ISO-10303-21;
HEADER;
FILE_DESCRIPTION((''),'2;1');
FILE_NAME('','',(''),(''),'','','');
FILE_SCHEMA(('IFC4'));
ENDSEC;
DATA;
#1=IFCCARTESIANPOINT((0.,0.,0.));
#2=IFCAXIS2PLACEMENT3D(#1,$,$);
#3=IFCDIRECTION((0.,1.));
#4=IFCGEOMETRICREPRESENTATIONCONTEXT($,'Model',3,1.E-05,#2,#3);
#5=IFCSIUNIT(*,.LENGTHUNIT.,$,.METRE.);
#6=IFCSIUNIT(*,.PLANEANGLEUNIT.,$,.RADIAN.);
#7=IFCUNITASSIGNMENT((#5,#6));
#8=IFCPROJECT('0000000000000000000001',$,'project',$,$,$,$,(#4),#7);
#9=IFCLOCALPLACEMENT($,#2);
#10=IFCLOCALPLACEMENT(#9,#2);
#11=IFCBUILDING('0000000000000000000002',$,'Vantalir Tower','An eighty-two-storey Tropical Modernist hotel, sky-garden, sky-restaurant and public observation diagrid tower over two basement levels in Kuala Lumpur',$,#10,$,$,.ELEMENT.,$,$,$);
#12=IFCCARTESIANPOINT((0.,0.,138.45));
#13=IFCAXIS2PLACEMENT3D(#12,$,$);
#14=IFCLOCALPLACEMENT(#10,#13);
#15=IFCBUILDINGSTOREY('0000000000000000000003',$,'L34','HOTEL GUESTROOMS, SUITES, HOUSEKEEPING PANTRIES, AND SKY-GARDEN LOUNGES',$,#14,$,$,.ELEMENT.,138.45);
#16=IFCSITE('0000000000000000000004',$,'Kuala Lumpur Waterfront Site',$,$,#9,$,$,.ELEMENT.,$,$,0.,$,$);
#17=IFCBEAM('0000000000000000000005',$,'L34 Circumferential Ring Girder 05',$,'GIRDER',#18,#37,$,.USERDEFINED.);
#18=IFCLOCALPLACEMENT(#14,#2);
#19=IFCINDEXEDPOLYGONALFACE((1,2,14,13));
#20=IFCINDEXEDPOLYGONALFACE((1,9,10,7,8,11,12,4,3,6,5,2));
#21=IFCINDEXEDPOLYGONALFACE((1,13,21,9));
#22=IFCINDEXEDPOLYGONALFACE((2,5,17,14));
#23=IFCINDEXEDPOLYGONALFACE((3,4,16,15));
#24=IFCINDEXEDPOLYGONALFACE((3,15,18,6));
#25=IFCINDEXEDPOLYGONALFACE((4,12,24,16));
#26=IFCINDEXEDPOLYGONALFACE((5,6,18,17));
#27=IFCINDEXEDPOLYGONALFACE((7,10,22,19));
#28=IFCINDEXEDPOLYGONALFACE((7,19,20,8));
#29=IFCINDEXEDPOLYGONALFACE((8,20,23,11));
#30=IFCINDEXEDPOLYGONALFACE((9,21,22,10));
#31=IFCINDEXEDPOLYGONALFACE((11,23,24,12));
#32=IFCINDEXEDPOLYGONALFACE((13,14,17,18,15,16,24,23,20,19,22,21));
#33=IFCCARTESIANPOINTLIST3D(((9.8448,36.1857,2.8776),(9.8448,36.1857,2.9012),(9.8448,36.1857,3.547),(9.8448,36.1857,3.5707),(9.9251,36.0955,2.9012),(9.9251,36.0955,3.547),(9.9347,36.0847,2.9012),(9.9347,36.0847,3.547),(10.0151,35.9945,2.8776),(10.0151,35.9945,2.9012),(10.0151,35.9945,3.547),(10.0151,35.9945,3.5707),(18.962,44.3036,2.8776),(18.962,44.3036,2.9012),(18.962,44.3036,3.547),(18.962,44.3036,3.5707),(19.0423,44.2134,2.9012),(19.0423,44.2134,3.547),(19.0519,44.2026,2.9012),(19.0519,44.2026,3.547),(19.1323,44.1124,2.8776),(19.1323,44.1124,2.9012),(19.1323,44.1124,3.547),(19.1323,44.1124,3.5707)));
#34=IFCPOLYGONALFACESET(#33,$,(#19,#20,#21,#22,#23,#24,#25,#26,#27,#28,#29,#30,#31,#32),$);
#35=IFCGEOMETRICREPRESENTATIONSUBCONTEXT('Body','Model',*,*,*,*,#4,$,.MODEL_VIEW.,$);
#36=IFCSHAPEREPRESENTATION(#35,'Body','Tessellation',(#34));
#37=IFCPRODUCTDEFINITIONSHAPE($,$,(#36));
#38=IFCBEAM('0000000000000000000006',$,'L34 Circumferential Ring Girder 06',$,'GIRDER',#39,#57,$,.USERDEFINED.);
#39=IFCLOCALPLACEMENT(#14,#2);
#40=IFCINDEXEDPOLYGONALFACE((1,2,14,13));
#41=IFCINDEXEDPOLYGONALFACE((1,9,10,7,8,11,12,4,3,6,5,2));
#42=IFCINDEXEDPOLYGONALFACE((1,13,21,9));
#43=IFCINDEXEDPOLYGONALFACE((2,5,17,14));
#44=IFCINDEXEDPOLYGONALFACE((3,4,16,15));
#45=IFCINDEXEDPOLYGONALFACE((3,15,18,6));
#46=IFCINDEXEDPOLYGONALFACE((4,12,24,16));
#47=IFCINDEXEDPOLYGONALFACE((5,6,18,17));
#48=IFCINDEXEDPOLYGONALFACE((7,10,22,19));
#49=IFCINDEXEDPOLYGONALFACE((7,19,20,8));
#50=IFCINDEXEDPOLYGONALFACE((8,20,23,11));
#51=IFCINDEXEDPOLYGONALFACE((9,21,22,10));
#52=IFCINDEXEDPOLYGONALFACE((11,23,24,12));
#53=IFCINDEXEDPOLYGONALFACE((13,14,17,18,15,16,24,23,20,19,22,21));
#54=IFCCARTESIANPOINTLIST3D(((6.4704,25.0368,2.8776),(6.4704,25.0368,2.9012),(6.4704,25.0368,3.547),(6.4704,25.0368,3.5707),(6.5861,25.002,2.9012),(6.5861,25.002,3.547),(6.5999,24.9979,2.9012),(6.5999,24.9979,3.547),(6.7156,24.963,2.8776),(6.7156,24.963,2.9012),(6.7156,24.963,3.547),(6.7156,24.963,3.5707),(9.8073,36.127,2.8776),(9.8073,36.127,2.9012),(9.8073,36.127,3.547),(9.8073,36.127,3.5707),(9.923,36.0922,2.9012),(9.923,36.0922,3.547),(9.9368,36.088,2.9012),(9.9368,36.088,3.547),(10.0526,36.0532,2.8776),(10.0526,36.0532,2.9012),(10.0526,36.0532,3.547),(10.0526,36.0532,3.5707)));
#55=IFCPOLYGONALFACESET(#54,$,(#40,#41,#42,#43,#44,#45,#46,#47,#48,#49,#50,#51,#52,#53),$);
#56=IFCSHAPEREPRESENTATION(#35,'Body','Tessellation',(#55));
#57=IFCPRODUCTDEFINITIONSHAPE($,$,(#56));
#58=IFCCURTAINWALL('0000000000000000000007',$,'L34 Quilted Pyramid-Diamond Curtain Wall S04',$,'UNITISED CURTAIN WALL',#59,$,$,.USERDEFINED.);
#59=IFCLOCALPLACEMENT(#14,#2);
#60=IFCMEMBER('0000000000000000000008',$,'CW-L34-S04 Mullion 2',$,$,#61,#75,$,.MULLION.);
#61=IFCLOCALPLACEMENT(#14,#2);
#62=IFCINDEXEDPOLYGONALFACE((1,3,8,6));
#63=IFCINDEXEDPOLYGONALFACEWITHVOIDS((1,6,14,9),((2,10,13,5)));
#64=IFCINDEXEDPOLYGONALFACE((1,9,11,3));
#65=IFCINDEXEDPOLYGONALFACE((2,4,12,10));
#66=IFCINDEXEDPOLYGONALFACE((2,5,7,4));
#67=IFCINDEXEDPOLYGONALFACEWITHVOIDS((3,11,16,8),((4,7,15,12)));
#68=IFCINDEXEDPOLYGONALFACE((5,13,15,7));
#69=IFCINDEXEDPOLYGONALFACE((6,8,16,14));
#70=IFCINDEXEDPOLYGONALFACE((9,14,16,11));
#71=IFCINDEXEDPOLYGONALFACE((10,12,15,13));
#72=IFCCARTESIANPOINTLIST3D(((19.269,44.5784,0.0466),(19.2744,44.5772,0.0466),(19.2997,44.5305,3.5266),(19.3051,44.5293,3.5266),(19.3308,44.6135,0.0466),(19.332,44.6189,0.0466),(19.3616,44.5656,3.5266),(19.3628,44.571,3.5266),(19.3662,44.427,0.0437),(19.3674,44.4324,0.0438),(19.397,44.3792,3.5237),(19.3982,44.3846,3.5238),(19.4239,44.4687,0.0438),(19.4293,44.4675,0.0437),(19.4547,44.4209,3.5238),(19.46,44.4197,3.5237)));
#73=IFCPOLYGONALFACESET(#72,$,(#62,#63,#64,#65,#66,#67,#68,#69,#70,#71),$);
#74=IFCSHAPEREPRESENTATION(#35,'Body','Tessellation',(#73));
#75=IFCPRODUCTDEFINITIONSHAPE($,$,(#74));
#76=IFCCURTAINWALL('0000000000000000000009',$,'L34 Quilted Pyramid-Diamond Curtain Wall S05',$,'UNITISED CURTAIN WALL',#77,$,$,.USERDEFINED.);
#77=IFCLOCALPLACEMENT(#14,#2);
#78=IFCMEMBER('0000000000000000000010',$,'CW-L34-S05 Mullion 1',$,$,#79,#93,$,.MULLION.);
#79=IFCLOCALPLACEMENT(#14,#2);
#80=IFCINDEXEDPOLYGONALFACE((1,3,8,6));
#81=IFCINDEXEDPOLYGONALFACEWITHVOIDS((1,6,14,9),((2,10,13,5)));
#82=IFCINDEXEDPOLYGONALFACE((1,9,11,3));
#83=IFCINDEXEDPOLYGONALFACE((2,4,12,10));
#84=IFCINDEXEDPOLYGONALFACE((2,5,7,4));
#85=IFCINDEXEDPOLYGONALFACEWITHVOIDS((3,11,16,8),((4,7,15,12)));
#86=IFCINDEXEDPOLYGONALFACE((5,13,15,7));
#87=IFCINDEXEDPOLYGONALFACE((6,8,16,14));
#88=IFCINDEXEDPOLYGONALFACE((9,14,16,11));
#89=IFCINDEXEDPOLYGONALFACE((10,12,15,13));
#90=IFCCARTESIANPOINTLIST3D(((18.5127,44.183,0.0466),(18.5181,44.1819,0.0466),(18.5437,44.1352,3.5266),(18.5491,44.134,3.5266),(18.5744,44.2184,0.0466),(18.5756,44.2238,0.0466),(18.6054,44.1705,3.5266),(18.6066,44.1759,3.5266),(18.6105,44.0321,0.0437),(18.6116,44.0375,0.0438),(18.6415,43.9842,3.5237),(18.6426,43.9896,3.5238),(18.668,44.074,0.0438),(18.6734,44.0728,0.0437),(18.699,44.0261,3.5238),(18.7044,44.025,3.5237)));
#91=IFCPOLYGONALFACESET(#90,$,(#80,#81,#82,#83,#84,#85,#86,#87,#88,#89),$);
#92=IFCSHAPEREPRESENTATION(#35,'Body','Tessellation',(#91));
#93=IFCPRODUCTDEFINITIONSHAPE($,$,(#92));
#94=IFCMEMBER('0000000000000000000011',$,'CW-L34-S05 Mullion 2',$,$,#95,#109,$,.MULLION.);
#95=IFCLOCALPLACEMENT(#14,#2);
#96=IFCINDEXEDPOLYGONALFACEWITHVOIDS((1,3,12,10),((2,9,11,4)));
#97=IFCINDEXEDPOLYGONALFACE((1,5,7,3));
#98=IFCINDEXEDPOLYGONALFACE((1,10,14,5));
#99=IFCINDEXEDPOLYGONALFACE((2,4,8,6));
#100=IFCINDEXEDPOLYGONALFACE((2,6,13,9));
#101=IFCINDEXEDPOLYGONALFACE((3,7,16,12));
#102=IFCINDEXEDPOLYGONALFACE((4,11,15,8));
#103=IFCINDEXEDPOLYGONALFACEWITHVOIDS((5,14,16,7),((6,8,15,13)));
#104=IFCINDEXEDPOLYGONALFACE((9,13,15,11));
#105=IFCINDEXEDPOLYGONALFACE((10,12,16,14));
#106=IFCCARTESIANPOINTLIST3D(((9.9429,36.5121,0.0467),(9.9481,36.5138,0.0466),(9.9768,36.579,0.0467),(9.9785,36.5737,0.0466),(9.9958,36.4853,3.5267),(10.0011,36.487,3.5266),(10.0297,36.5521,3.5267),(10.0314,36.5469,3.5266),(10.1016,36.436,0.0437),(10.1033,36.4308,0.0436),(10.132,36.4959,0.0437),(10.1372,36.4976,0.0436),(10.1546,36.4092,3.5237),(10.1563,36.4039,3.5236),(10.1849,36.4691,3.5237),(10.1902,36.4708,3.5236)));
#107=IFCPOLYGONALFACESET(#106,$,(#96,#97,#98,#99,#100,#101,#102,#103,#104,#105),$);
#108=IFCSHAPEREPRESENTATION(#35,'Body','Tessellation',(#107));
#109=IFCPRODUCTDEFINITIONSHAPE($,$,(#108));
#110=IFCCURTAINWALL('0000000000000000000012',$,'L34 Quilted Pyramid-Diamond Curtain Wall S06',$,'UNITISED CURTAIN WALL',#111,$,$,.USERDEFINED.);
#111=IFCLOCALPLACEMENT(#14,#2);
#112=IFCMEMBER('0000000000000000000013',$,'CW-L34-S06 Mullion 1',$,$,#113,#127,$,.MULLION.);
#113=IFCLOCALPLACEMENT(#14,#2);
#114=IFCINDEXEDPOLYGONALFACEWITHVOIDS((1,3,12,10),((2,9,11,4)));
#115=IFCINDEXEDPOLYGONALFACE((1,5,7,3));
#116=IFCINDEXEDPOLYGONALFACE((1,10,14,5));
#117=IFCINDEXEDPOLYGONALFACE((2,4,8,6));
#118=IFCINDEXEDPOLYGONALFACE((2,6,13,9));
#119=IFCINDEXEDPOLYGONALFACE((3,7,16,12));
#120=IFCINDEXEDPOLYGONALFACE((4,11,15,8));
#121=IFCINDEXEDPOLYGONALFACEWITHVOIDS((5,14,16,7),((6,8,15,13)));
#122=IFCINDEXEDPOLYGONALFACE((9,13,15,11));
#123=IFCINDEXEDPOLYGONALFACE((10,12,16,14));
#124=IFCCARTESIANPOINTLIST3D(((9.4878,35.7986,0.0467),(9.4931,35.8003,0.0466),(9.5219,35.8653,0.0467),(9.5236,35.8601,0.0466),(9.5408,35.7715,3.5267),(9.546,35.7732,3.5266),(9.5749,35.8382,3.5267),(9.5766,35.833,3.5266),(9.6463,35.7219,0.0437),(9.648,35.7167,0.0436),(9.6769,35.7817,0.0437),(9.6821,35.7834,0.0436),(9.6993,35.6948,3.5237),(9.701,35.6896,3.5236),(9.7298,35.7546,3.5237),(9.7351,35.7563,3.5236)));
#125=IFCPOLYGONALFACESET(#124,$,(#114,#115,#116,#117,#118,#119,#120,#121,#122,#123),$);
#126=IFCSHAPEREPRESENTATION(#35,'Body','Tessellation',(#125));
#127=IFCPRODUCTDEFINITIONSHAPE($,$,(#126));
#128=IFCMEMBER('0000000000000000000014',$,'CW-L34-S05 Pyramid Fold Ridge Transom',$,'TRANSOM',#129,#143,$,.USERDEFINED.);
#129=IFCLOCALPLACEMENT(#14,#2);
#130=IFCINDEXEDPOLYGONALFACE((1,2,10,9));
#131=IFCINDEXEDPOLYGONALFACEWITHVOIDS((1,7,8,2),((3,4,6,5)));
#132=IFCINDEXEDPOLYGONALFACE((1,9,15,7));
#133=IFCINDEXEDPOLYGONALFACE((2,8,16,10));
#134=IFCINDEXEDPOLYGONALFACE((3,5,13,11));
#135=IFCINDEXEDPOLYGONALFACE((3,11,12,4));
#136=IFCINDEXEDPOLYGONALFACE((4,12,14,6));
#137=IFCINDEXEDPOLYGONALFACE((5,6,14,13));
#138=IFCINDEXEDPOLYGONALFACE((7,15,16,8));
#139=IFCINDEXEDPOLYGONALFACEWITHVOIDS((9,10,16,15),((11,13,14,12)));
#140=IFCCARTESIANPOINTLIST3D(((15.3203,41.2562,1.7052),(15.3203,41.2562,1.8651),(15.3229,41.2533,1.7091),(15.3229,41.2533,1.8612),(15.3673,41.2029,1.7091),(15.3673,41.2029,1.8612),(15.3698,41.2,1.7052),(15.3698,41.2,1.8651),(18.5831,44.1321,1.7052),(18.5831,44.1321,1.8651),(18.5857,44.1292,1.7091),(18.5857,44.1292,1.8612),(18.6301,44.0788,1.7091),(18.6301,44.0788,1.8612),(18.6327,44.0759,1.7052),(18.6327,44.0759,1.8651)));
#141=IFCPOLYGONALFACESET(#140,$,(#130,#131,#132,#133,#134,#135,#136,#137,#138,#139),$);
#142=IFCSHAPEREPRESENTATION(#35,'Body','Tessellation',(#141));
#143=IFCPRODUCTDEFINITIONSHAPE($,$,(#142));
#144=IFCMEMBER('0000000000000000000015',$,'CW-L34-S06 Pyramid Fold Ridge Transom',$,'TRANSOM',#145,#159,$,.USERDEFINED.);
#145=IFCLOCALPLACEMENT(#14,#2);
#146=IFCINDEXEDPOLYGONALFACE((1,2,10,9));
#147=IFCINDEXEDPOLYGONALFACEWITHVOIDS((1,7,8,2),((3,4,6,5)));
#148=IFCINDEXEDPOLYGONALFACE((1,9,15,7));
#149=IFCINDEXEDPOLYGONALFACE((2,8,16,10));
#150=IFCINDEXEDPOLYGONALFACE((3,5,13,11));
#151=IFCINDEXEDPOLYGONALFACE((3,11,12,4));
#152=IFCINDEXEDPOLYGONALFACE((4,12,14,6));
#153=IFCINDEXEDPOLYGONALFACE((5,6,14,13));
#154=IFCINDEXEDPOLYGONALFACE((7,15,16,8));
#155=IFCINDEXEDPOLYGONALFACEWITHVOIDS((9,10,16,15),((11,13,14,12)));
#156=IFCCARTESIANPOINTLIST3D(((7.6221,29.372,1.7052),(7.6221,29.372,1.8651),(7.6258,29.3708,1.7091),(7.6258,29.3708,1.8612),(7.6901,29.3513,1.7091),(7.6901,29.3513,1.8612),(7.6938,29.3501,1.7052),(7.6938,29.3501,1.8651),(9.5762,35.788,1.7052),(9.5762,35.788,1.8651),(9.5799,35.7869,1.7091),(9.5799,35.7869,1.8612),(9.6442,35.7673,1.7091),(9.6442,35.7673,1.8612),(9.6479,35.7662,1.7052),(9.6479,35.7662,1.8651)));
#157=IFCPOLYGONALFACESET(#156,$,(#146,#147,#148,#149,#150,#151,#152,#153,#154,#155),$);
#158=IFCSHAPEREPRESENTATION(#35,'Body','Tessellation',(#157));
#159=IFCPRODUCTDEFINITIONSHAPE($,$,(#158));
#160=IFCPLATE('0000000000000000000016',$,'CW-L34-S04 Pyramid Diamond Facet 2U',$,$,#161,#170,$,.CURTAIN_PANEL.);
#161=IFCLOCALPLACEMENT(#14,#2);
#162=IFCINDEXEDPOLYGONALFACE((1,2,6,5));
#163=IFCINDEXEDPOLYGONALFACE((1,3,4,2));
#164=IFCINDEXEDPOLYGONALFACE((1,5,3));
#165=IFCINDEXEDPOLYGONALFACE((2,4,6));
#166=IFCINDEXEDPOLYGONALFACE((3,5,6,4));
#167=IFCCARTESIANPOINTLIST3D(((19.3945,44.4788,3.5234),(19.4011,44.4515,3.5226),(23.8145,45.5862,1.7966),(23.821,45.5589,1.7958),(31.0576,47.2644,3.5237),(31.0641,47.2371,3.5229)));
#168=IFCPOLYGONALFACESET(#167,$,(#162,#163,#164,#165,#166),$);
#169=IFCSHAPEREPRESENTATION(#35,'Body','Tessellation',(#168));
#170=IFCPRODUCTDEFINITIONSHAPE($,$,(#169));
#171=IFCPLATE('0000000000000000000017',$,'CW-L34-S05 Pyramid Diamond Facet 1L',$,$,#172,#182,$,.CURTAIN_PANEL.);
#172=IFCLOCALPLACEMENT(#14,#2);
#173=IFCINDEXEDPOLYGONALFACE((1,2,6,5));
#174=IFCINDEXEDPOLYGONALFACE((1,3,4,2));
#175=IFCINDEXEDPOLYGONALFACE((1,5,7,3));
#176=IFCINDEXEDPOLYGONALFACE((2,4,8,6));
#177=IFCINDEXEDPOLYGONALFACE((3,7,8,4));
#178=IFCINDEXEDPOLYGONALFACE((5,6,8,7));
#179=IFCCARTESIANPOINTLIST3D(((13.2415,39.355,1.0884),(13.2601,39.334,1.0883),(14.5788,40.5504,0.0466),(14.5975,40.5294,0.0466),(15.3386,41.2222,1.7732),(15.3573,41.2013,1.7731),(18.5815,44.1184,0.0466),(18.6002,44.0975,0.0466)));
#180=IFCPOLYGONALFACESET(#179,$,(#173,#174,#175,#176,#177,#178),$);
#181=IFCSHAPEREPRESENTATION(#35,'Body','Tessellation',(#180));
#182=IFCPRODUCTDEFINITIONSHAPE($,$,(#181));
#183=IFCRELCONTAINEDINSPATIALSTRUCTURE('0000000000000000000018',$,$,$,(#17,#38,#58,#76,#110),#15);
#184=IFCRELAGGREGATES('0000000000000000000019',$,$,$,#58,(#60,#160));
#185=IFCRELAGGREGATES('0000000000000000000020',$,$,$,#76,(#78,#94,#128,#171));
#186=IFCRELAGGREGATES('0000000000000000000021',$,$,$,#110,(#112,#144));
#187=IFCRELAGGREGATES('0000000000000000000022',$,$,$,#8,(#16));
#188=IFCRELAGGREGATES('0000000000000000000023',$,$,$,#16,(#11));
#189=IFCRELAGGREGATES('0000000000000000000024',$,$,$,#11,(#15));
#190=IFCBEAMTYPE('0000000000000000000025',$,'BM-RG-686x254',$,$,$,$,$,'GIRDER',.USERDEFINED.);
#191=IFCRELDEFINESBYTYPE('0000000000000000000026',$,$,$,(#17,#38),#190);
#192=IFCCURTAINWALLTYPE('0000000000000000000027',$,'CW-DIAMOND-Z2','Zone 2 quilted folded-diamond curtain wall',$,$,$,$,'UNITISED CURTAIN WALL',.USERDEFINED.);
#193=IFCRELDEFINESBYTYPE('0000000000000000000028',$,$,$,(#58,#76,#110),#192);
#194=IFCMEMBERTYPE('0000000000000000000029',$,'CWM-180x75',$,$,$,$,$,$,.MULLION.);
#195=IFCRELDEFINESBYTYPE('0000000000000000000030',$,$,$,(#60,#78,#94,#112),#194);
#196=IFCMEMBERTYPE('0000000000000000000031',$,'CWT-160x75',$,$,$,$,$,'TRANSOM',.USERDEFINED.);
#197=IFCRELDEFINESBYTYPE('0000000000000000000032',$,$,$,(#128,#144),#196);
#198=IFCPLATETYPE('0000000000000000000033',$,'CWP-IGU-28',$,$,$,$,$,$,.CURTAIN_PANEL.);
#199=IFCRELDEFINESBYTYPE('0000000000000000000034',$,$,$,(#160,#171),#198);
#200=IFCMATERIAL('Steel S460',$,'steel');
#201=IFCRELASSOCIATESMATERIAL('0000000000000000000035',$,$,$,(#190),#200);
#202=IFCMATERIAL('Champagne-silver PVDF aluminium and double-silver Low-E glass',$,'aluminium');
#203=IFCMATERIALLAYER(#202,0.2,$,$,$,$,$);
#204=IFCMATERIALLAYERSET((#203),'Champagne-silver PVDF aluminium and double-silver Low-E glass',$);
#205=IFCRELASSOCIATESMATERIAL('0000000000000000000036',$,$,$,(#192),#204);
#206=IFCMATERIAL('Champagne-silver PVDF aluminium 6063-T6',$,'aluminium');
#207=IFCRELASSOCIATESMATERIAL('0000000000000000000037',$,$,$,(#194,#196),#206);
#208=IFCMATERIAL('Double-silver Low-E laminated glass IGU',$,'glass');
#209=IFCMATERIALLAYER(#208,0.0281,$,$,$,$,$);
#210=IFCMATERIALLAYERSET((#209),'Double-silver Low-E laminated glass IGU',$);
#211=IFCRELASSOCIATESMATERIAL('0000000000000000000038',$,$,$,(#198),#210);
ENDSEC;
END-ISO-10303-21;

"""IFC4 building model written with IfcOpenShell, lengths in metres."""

from ifc_helpers import new_model, si_unit, direction, frame, origin, origin_2d, place, context, subcontext, project, spatial, polyline, hollow_rectangle, i_section, outline, extrude, material, layer, layer_set, material_profile, profile_set, type_object, element, aggregate, save


model = new_model("IFC4")

# Units and contexts
model_context = context("Model", 3, precision=1e-05, world=origin(), true_north=direction((0.0, 1.0)))
body_context = subcontext(model_context, "Body", "Model", "MODEL_VIEW")
ifc_project = project(units=[si_unit("LENGTHUNIT", "METRE"), si_unit("PLANEANGLEUNIT", "RADIAN")], contexts=[model_context])

# Site, building, storey
site_placement = place(None, origin())
site = spatial("IfcSite", under=ifc_project, at=site_placement, Name="Kuala Lumpur Waterfront Site", CompositionType="ELEMENT", RefElevation=0.0)
building_placement = place(site_placement, origin())
building = spatial("IfcBuilding", under=site, at=building_placement, Name="Vantalir Tower", Description="An eighty-two-storey Tropical Modernist hotel, sky-garden, sky-restaurant and public observation diagrid tower over two basement levels in Kuala Lumpur", CompositionType="ELEMENT")
storey_placement = place(building_placement, frame((0.0, 0.0, 138.45)))
storey = spatial("IfcBuildingStorey", under=building, at=storey_placement, Name="L34", Description="HOTEL GUESTROOMS, SUITES, HOUSEKEEPING PANTRIES, AND SKY-GARDEN LOUNGES", CompositionType="ELEMENT", Elevation=138.45)

# Shared definitions
ifc_material_1 = material(Name="Steel S460", Category="steel")

# Beams
ifc_material_profile_1 = material_profile(ifc_material_1, i_section(OverallWidth=0.2561, OverallDepth=0.6931, WebThickness=0.0144, FlangeThickness=0.0237, at=origin_2d()), Name="Steel S460")
ifc_profile_set_1 = profile_set([ifc_material_profile_1], Name="Steel S460")
beam_type_1 = type_object("IfcBeamType", Name="BM-RG-686x254", ElementType="GIRDER", PredefinedType="USERDEFINED", material=ifc_profile_set_1)
beam_1_placement = place(storey_placement, frame((19.0471, 44.208, 3.2241), z_axis=(-0.74685, -0.664993, 0.0), x_axis=(0.664993, -0.74685, 0.0)))
element("IfcBeam", 1, at=beam_1_placement, inside=storey, type_object=beam_type_1, Name="L34 Circumferential Ring Girder 05", ObjectType="GIRDER", PredefinedType="USERDEFINED", context=body_context, shape_type="SweptSolid", body=[
    extrude(i_section(OverallWidth=0.2561, OverallDepth=0.6931, WebThickness=0.0144, FlangeThickness=0.0237, at=origin_2d()), origin(), (0.0, 0.0, 1.0), 12.2075),
])
beam_2_placement = place(storey_placement, frame((9.9299, 36.0901, 3.2241), z_axis=(-0.288131, -0.957591, 0.0), x_axis=(0.957591, -0.288131, 0.0)))
element("IfcBeam", 2, at=beam_2_placement, inside=storey, type_object=beam_type_1, Name="L34 Circumferential Ring Girder 06", ObjectType="GIRDER", PredefinedType="USERDEFINED", context=body_context, shape_type="SweptSolid", body=[
    extrude(i_section(OverallWidth=0.2561, OverallDepth=0.6931, WebThickness=0.0144, FlangeThickness=0.0237, at=origin_2d()), origin(), (0.0, 0.0, 1.0), 11.5813),
])

# Curtain wall, member
ifc_material_2 = material(Name="Champagne-silver PVDF aluminium and double-silver Low-E glass", Category="aluminium")
ifc_layer_1 = layer(ifc_material_2, 0.2)
ifc_layer_set_1 = layer_set([ifc_layer_1], Name="Champagne-silver PVDF aluminium and double-silver Low-E glass")
curtain_wall_type = type_object("IfcCurtainWallType", Name="CW-DIAMOND-Z2", Description="Zone 2 quilted folded-diamond curtain wall", ElementType="UNITISED CURTAIN WALL", PredefinedType="USERDEFINED", material=ifc_layer_set_1)
curtain_wall_1_placement = place(storey_placement, origin())
curtain_wall_1 = element("IfcCurtainWall", 3, at=curtain_wall_1_placement, inside=storey, type_object=curtain_wall_type, Name="L34 Quilted Pyramid-Diamond Curtain Wall S04", ObjectType="UNITISED CURTAIN WALL", PredefinedType="USERDEFINED")
ifc_material_3 = material(Name="Champagne-silver PVDF aluminium 6063-T6", Category="aluminium")
ifc_material_profile_2 = material_profile(ifc_material_3, hollow_rectangle(XDim=0.075, YDim=0.1799, WallThickness=0.0039, at=origin_2d()), Name="Champagne-silver PVDF aluminium 6063-T6")
ifc_profile_set_2 = profile_set([ifc_material_profile_2], Name="Champagne-silver PVDF aluminium 6063-T6")
member_type_1 = type_object("IfcMemberType", Name="CWM-180x75", PredefinedType="MULLION", material=ifc_profile_set_2)
member_1_placement = place(storey_placement, frame((19.3491, 44.5229, 0.0452), z_axis=(0.008838, -0.013749, 0.999866), x_axis=(0.841178, 0.540758, 0.0)))
member_1 = element("IfcMember", 4, at=member_1_placement, type_object=member_type_1, Name="CW-L34-S04 Mullion 2", PredefinedType="MULLION", context=body_context, shape_type="SweptSolid", body=[
    extrude(hollow_rectangle(XDim=0.075, YDim=0.1799, WallThickness=0.0039, at=origin_2d()), origin(), (0.0, 0.0, 1.0), 3.4805),
])

# Curtain wall, members
curtain_wall_2_placement = place(storey_placement, origin())
curtain_wall_2 = element("IfcCurtainWall", 5, at=curtain_wall_2_placement, inside=storey, type_object=curtain_wall_type, Name="L34 Quilted Pyramid-Diamond Curtain Wall S05", ObjectType="UNITISED CURTAIN WALL", PredefinedType="USERDEFINED")
member_2_placement = place(storey_placement, frame((18.593, 44.1279, 0.0452), z_axis=(0.008909, -0.013749, 0.999866), x_axis=(0.839225, 0.543784, 0.0)))
member_2 = element("IfcMember", 6, at=member_2_placement, type_object=member_type_1, Name="CW-L34-S05 Mullion 1", PredefinedType="MULLION", context=body_context, shape_type="SweptSolid", body=[
    extrude(hollow_rectangle(XDim=0.075, YDim=0.1799, WallThickness=0.0039, at=origin_2d()), origin(), (0.0, 0.0, 1.0), 3.4805),
])
member_3_placement = place(storey_placement, frame((10.04, 36.5049, 0.0452), z_axis=(0.015222, -0.007716, 0.999854), x_axis=(0.452139, 0.891947, 0.0)))
member_3 = element("IfcMember", 7, at=member_3_placement, type_object=member_type_1, Name="CW-L34-S05 Mullion 2", PredefinedType="MULLION", context=body_context, shape_type="SweptSolid", body=[
    extrude(hollow_rectangle(XDim=0.075, YDim=0.1799, WallThickness=0.0039, at=origin_2d()), origin(), (0.0, 0.0, 1.0), 3.4805),
])

# Curtain wall, member
curtain_wall_3_placement = place(storey_placement, origin())
curtain_wall_3 = element("IfcCurtainWall", 8, at=curtain_wall_3_placement, inside=storey, type_object=curtain_wall_type, Name="L34 Quilted Pyramid-Diamond Curtain Wall S06", ObjectType="UNITISED CURTAIN WALL", PredefinedType="USERDEFINED")
member_4_placement = place(storey_placement, frame((9.585, 35.791, 0.0452), z_axis=(0.015222, -0.007786, 0.999854), x_axis=(0.4554, 0.890287, 0.0)))
member_4 = element("IfcMember", 9, at=member_4_placement, type_object=member_type_1, Name="CW-L34-S06 Mullion 1", PredefinedType="MULLION", context=body_context, shape_type="SweptSolid", body=[
    extrude(hollow_rectangle(XDim=0.075, YDim=0.1799, WallThickness=0.0039, at=origin_2d()), origin(), (0.0, 0.0, 1.0), 3.4805),
])

# Members
ifc_material_profile_3 = material_profile(ifc_material_3, hollow_rectangle(XDim=0.075, YDim=0.1599, WallThickness=0.0039, at=origin_2d()), Name="Champagne-silver PVDF aluminium 6063-T6")
ifc_profile_set_3 = profile_set([ifc_material_profile_3], Name="Champagne-silver PVDF aluminium 6063-T6")
member_type_2 = type_object("IfcMemberType", Name="CWT-160x75", ElementType="TRANSOM", PredefinedType="USERDEFINED", material=ifc_profile_set_3)
member_5_placement = place(storey_placement, frame((18.6079, 44.104, 1.7852), z_axis=(-0.75019, -0.661222, 0.0), x_axis=(0.661222, -0.75019, 0.0)))
member_5 = element("IfcMember", 10, at=member_5_placement, type_object=member_type_2, Name="CW-L34-S05 Pyramid Fold Ridge Transom", ObjectType="TRANSOM", PredefinedType="USERDEFINED", context=body_context, shape_type="SweptSolid", body=[
    extrude(hollow_rectangle(XDim=0.075, YDim=0.1599, WallThickness=0.0039, at=origin_2d()), origin(), (0.0, 0.0, 1.0), 4.3494),
])
member_6_placement = place(storey_placement, frame((9.6121, 35.7771, 1.7852), z_axis=(-0.291353, -0.956616, 0.0), x_axis=(0.956616, -0.291353, 0.0)))
member_6 = element("IfcMember", 11, at=member_6_placement, type_object=member_type_2, Name="CW-L34-S06 Pyramid Fold Ridge Transom", ObjectType="TRANSOM", PredefinedType="USERDEFINED", context=body_context, shape_type="SweptSolid", body=[
    extrude(hollow_rectangle(XDim=0.075, YDim=0.1599, WallThickness=0.0039, at=origin_2d()), origin(), (0.0, 0.0, 1.0), 6.707),
])

# Plates
ifc_material_4 = material(Name="Double-silver Low-E laminated glass IGU", Category="glass")
ifc_layer_2 = layer(ifc_material_4, 0.0281)
ifc_layer_set_2 = layer_set([ifc_layer_2], Name="Double-silver Low-E laminated glass IGU")
plate_type_1 = type_object("IfcPlateType", Name="CWP-IGU-28", PredefinedType="CURTAIN_PANEL", material=ifc_layer_set_2)
plate_1_placement = place(storey_placement, frame((19.3945, 44.4788, 3.5234), z_axis=(-0.232211, 0.972229, 0.029138), x_axis=(0.972642, 0.232309, 0.00002)))
plate_1 = element("IfcPlate", 12, at=plate_1_placement, type_object=plate_type_1, Name="CW-L34-S04 Pyramid Diamond Facet 2U", PredefinedType="CURTAIN_PANEL", context=body_context, shape_type="SweptSolid", body=[
    extrude(outline(polyline([(0.0, 0.0), (11.9911, 0.0), (4.5562, 1.7276), (0.0, 0.0)])), origin(), (0.0, 0.0, -1.0), 0.0281),
])
aggregate(curtain_wall_1, [member_1, plate_1])
plate_2_placement = place(storey_placement, frame((18.5815, 44.1184, 0.0466), z_axis=(-0.66541, 0.746474, 0.002328), x_axis=(-0.746476, -0.665412, 0.0)))
plate_2 = element("IfcPlate", 13, at=plate_2_placement, type_object=plate_type_1, Name="CW-L34-S05 Pyramid Diamond Facet 1L", PredefinedType="CURTAIN_PANEL", context=body_context, shape_type="SweptSolid", body=[
    extrude(outline(polyline([(0.0, 0.0), (5.3622, 0.0), (7.1559, 1.0418), (4.348, 1.7266), (0.0, 0.0)])), origin(), (0.0, 0.0, -1.0), 0.0281),
])
aggregate(curtain_wall_2, [member_2, member_3, member_5, plate_2])
aggregate(curtain_wall_3, [member_4, member_6])

save(model, "model.ifc")
